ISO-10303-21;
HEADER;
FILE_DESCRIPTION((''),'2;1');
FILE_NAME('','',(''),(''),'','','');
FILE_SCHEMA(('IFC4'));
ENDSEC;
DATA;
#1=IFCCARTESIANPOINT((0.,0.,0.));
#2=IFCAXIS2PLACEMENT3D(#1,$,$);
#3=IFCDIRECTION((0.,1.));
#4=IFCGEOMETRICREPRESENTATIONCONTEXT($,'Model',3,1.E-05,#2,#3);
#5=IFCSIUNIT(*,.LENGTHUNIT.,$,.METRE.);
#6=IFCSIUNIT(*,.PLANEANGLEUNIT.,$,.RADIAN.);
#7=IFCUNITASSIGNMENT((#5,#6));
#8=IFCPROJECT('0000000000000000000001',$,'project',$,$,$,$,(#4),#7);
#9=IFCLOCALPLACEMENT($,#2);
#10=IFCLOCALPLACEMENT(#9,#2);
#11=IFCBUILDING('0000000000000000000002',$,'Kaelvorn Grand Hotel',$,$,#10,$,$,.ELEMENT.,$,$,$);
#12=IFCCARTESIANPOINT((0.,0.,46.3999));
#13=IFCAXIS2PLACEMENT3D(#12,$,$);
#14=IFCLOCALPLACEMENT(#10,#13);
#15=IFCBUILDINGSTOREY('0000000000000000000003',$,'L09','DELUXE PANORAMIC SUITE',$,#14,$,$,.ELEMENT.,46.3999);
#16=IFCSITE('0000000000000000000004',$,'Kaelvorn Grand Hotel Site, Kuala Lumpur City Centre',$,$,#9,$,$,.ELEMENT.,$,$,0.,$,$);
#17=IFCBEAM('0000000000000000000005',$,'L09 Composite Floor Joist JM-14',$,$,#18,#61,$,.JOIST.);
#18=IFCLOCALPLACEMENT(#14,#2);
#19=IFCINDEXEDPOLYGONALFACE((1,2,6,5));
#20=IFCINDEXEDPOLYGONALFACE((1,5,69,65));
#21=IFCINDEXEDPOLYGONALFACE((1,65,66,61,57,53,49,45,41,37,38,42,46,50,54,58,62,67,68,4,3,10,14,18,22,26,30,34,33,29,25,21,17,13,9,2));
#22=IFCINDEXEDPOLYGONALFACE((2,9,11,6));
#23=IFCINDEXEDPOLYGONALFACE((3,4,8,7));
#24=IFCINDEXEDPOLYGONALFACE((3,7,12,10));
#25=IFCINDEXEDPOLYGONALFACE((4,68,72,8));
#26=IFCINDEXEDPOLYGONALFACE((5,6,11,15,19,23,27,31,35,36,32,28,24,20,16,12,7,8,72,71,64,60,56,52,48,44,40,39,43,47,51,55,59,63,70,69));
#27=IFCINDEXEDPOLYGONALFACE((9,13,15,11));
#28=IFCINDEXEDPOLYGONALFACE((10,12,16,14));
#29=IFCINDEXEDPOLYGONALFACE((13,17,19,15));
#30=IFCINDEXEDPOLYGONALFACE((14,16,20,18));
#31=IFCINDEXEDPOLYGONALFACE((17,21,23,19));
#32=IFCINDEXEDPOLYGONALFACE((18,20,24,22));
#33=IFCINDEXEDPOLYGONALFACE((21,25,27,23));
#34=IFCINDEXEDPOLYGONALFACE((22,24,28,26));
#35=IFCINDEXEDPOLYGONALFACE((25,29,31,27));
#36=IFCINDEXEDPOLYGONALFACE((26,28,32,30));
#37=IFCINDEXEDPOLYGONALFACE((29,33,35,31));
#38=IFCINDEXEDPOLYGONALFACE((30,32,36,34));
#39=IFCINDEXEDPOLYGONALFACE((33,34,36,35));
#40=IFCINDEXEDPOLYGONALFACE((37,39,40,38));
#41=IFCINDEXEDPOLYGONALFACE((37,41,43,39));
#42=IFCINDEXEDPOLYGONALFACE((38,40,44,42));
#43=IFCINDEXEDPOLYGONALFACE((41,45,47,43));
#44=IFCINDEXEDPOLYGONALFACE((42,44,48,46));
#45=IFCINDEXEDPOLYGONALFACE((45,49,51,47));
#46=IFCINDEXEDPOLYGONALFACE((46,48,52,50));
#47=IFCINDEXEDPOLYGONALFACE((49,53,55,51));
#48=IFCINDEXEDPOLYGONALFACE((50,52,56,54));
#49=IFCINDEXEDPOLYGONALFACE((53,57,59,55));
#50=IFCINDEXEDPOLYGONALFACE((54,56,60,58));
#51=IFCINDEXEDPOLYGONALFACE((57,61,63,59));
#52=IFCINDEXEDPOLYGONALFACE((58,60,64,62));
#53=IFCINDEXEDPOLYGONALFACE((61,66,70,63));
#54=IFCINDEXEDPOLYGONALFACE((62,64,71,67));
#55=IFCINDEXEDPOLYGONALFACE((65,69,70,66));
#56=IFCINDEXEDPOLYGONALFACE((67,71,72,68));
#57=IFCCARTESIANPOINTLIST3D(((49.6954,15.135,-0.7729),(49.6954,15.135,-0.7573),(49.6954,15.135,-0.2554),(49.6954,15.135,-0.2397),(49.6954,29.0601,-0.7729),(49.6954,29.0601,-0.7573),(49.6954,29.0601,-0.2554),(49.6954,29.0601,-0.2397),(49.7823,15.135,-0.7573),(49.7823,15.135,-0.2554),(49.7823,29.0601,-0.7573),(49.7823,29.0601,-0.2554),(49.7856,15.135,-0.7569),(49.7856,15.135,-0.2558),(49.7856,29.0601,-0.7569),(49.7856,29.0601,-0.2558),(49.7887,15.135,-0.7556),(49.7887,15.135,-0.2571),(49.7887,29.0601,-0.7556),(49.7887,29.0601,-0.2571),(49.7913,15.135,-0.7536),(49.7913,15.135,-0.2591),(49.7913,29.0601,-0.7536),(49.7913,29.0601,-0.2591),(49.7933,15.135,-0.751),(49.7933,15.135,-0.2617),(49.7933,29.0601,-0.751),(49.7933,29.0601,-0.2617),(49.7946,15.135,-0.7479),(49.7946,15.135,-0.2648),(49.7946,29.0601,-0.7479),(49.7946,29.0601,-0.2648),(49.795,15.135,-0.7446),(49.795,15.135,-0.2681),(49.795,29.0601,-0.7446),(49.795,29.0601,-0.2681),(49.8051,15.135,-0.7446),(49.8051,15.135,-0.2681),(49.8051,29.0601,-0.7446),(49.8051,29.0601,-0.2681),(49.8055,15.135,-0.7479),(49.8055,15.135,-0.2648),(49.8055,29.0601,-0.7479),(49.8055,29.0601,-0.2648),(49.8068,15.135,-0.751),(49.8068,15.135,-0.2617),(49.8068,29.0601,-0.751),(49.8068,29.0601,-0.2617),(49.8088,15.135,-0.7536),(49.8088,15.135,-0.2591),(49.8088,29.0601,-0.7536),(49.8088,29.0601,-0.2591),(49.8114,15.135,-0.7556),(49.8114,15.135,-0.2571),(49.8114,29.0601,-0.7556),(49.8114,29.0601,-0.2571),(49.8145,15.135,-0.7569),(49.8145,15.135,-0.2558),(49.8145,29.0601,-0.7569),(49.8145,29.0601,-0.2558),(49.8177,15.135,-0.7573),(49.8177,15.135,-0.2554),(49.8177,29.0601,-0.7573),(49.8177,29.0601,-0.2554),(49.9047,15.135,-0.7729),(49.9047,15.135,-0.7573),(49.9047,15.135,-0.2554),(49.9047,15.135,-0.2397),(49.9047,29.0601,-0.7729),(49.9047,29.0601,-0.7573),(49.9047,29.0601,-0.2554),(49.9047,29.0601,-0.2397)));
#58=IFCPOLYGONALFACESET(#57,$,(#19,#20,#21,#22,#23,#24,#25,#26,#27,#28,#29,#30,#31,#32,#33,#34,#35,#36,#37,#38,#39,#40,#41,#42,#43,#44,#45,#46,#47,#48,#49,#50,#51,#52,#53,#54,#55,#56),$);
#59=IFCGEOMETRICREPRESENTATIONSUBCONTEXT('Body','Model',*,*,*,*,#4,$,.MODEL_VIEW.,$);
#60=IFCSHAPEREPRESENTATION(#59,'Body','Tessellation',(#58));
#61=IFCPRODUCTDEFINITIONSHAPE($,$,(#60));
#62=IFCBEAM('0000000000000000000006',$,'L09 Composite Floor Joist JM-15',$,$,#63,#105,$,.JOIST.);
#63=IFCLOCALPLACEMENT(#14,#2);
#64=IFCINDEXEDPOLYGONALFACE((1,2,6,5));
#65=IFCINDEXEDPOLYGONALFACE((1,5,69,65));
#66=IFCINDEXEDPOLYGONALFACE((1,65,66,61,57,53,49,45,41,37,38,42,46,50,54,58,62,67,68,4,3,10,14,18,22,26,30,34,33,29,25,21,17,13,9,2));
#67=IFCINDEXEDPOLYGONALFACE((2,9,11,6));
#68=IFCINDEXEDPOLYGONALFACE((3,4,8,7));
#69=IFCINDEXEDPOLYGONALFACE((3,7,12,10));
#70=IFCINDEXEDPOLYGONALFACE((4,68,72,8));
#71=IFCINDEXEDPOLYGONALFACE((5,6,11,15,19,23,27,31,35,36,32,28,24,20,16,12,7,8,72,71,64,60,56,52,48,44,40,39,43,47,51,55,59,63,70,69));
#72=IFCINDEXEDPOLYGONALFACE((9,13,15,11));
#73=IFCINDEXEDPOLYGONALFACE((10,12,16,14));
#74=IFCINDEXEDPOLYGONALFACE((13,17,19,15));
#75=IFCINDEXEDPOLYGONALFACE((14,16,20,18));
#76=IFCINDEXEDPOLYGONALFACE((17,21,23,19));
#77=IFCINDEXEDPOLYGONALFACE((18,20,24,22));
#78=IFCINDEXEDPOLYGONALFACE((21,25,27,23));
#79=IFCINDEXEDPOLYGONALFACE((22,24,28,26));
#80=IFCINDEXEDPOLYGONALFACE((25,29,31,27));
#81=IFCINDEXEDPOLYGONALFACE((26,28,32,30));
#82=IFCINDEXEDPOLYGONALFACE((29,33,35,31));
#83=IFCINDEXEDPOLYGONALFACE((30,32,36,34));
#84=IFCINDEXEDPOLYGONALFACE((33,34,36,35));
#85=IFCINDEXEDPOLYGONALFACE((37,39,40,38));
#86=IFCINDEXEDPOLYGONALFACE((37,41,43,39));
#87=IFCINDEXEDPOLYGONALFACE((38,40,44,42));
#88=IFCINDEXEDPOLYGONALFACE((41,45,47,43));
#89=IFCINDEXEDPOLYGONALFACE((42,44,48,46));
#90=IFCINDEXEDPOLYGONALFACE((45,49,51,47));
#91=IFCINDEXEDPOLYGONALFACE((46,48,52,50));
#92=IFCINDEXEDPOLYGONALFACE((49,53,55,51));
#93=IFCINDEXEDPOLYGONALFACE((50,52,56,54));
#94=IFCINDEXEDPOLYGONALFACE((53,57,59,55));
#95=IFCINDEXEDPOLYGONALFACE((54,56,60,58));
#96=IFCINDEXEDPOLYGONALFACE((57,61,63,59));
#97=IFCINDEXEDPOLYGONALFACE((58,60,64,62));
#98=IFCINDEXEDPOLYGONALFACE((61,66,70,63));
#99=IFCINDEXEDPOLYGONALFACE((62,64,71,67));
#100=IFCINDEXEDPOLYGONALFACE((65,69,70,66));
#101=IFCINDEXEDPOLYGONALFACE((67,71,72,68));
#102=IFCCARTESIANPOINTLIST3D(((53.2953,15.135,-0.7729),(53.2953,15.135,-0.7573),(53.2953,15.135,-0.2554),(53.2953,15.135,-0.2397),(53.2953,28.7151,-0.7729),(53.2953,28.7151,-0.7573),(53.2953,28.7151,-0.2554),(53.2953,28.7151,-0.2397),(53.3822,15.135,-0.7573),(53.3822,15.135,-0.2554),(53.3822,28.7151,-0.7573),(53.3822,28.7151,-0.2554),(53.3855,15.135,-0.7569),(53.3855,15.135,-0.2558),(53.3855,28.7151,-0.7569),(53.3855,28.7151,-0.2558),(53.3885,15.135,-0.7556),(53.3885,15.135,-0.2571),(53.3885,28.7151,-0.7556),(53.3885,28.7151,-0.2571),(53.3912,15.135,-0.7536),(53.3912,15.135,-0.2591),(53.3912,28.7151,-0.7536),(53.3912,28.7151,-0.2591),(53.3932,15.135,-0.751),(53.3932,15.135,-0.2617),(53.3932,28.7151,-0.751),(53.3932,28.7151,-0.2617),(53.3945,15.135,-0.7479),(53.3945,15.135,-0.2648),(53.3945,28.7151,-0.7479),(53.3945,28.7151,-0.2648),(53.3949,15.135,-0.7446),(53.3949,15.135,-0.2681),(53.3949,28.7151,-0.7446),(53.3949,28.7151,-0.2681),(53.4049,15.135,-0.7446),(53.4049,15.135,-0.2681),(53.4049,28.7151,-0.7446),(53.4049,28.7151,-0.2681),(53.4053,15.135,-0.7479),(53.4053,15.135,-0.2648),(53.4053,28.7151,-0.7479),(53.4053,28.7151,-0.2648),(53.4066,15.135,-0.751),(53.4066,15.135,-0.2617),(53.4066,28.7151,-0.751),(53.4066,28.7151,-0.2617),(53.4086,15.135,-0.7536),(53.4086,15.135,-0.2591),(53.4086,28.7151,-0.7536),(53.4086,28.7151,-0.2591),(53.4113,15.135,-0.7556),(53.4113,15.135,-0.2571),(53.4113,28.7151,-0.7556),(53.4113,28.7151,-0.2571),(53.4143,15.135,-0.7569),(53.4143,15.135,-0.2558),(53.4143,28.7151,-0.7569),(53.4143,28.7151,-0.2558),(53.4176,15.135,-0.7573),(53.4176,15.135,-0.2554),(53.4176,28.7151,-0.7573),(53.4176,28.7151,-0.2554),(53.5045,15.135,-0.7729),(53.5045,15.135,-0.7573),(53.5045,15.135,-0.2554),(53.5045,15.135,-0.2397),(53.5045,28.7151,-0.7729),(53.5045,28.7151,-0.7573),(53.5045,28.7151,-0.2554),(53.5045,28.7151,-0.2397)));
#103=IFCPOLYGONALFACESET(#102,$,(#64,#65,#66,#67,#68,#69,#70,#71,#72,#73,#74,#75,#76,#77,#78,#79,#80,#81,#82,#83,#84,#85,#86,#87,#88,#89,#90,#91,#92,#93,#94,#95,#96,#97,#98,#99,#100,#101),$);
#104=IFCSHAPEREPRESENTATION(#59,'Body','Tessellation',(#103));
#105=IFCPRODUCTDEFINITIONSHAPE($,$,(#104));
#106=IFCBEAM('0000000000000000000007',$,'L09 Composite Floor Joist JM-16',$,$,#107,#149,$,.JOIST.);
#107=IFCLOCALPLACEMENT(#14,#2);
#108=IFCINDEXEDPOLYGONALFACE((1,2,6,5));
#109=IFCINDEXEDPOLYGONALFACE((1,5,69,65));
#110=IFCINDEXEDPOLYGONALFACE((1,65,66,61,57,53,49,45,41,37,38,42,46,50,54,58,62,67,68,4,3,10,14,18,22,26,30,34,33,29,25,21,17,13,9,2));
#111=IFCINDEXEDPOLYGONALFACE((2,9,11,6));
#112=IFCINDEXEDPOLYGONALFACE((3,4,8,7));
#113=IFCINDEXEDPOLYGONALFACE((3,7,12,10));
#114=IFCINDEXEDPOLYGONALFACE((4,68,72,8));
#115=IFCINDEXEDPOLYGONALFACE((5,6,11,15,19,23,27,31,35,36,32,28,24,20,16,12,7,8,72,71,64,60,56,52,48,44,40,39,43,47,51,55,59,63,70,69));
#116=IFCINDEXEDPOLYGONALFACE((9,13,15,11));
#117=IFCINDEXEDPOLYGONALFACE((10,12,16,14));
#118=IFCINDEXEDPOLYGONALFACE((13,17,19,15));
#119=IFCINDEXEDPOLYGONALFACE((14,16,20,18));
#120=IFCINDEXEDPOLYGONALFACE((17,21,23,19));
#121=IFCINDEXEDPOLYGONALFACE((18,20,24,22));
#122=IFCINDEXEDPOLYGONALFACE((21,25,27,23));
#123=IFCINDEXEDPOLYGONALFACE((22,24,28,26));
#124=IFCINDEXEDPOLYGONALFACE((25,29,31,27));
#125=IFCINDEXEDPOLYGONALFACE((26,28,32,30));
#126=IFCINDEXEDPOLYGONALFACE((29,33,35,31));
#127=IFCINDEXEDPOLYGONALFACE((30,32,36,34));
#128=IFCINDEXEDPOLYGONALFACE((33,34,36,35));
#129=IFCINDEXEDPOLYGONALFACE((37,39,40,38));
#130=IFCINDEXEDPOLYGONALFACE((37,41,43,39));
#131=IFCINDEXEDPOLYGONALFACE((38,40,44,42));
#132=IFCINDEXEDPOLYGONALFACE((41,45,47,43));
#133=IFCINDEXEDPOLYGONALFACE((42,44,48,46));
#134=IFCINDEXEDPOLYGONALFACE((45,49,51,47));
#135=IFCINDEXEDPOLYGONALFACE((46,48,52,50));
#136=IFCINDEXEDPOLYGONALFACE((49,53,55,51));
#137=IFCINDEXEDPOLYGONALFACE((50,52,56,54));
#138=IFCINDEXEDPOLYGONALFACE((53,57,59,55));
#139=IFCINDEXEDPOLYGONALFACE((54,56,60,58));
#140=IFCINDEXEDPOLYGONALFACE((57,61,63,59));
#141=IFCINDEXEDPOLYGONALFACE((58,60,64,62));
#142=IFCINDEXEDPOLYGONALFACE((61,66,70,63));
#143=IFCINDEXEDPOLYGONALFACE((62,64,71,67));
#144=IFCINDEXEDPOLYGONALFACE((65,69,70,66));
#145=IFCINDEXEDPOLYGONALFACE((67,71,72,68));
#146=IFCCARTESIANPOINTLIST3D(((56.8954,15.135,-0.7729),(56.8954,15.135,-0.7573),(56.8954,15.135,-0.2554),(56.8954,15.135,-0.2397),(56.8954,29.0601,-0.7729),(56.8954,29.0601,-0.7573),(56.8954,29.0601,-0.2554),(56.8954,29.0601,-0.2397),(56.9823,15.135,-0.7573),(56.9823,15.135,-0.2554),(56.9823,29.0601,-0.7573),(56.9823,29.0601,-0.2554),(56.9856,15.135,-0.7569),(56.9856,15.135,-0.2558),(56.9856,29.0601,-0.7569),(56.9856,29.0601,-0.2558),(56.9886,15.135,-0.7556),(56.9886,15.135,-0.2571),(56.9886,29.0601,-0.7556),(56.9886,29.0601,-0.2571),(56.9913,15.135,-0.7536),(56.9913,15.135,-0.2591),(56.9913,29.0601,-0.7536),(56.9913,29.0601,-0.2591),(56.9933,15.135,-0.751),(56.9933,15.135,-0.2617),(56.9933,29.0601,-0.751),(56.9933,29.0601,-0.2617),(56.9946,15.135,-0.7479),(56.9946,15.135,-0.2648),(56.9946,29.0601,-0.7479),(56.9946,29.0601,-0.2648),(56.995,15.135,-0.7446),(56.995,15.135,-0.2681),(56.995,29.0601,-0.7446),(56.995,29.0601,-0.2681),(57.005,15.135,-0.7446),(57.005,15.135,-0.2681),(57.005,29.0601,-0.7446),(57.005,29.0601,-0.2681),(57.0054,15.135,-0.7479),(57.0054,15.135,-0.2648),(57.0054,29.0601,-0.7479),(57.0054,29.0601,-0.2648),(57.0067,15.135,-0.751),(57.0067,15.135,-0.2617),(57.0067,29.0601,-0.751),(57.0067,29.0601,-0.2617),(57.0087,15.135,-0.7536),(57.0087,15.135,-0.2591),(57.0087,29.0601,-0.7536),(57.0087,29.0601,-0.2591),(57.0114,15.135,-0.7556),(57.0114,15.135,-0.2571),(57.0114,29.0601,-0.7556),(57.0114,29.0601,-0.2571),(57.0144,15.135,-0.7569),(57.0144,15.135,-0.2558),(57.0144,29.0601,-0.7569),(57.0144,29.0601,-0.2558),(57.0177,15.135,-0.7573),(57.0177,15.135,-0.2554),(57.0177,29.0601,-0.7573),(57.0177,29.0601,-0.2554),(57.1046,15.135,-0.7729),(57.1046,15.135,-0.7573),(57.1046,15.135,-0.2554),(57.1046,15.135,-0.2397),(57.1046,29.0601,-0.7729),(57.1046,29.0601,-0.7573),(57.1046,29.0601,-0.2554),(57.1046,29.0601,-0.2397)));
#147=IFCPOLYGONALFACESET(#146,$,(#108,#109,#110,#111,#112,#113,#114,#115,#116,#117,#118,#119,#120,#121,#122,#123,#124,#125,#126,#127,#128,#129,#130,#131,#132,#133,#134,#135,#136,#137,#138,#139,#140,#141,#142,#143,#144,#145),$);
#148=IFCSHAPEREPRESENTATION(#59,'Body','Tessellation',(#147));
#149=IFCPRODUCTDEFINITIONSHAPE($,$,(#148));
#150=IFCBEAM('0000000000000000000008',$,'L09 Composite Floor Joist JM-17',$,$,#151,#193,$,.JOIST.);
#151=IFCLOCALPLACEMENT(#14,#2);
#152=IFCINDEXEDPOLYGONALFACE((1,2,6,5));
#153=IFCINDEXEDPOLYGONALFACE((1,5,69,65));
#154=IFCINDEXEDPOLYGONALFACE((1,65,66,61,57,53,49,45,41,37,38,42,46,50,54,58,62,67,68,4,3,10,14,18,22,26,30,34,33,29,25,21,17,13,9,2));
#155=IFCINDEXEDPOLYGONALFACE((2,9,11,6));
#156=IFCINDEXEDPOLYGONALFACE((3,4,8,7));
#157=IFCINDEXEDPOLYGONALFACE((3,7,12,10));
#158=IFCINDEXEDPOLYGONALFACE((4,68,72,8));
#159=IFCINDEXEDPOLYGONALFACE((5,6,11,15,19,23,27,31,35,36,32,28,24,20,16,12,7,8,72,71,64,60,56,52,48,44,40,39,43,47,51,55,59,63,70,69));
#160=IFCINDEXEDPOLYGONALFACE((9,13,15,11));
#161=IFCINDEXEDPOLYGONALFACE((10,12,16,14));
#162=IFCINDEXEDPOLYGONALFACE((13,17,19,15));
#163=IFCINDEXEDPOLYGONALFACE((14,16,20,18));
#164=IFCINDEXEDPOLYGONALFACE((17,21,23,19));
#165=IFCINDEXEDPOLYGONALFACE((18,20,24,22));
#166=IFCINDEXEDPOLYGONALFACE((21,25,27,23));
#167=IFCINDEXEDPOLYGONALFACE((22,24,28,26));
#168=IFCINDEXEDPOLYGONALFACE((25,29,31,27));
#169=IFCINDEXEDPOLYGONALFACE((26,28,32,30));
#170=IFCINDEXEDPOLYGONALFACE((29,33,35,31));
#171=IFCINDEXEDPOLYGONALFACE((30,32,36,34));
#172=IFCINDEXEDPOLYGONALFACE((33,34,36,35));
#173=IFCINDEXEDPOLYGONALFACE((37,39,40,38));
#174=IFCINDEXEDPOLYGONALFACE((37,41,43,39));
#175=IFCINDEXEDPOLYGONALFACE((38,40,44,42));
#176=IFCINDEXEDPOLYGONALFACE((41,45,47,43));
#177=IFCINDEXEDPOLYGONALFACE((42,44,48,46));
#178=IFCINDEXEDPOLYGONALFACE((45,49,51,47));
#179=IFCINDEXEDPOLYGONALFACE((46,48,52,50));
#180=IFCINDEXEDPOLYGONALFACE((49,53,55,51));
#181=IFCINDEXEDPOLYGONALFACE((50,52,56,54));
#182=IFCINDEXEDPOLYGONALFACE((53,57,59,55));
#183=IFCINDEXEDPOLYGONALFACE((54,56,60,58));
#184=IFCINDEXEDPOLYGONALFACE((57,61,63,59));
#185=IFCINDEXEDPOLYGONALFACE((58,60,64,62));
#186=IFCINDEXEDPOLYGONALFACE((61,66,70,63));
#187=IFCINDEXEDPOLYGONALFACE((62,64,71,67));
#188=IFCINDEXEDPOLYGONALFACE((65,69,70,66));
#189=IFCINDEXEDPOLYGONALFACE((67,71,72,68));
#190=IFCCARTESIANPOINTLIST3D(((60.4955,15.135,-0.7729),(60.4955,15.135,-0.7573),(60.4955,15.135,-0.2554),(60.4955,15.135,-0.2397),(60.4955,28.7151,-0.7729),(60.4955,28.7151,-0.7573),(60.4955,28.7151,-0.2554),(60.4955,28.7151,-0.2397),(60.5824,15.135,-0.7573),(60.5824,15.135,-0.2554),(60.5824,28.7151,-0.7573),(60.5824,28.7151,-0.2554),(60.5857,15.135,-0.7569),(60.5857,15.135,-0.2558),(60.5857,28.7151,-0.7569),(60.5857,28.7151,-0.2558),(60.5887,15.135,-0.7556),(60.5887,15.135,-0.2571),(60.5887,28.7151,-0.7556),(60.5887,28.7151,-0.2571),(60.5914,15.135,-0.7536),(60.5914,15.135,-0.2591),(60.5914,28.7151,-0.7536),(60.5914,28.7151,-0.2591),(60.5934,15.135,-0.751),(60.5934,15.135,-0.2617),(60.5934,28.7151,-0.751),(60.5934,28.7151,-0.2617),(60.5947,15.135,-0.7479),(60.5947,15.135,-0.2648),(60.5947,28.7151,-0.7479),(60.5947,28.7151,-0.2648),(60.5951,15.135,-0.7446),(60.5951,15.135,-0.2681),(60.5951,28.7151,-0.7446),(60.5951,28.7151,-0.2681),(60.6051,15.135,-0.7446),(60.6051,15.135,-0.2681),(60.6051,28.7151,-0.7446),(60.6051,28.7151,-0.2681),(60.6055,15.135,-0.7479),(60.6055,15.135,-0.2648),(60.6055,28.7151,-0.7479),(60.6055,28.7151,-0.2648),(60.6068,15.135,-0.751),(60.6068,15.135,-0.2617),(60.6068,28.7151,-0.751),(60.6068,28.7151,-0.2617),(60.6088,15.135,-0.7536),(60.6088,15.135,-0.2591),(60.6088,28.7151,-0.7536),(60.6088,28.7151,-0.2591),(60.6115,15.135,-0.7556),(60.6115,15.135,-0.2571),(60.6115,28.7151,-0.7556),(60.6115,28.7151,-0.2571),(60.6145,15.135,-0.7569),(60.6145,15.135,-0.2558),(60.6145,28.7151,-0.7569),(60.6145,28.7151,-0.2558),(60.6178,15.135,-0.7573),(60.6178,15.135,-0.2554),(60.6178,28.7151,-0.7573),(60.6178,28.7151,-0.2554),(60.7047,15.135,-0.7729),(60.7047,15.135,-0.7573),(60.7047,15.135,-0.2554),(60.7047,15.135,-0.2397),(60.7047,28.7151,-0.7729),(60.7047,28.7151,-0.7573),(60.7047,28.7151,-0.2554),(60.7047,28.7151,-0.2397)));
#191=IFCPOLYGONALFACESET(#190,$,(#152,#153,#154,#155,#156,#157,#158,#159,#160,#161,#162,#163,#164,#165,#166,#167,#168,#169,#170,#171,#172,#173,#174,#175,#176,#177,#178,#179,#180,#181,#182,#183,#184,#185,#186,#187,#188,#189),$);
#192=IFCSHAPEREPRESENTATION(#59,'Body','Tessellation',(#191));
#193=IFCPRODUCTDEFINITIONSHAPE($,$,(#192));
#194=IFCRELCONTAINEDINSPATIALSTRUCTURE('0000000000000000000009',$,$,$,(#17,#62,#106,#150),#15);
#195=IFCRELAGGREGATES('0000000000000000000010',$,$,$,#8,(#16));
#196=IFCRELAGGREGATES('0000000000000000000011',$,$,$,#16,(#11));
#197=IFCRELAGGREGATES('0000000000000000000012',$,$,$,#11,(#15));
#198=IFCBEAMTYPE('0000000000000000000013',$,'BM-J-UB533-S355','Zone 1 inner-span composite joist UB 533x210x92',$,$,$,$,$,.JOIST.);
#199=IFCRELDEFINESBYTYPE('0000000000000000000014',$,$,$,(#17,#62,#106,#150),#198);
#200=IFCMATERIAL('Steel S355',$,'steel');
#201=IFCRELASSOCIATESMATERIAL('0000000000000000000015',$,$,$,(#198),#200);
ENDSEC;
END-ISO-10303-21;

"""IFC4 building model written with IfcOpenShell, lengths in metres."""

from ifc_helpers import new_model, si_unit, direction, frame, origin, origin_2d, place, context, subcontext, project, spatial, i_section, extrude, material, material_profile, profile_set, type_object, element, save


model = new_model("IFC4")

# Units and contexts
model_context = context("Model", 3, precision=1e-05, world=origin(), true_north=direction((0.0, 1.0)))
body_context = subcontext(model_context, "Body", "Model", "MODEL_VIEW")
ifc_project = project(units=[si_unit("LENGTHUNIT", "METRE"), si_unit("PLANEANGLEUNIT", "RADIAN")], contexts=[model_context])

# Site, building, storey
site_placement = place(None, origin())
site = spatial("IfcSite", under=ifc_project, at=site_placement, Name="Kaelvorn Grand Hotel Site, Kuala Lumpur City Centre", CompositionType="ELEMENT", RefElevation=0.0)
building_placement = place(site_placement, origin())
building = spatial("IfcBuilding", under=site, at=building_placement, Name="Kaelvorn Grand Hotel", CompositionType="ELEMENT")
storey_placement = place(building_placement, frame((0.0, 0.0, 46.3999)))
storey = spatial("IfcBuildingStorey", under=building, at=storey_placement, Name="L09", Description="DELUXE PANORAMIC SUITE", CompositionType="ELEMENT", Elevation=46.3999)

# Beams
ifc_material_1 = material(Name="Steel S355", Category="steel")
ifc_material_profile_1 = material_profile(ifc_material_1, i_section(OverallWidth=0.2092, OverallDepth=0.5332, WebThickness=0.01, FlangeThickness=0.0156, FilletRadius=0.0127, at=origin_2d()), Name="UB 533x210x92")
ifc_profile_set_1 = profile_set([ifc_material_profile_1], Name="Steel S355")
beam_type_1 = type_object("IfcBeamType", Name="BM-J-UB533-S355", Description="Zone 1 inner-span composite joist UB 533x210x92", PredefinedType="JOIST", material=ifc_profile_set_1)
beam_1_placement = place(storey_placement, frame((49.8, 15.135, -0.5063), z_axis=(0.0, 1.0, 0.0), x_axis=(-1.0, 0.0, 0.0)))
element("IfcBeam", 1, at=beam_1_placement, inside=storey, type_object=beam_type_1, Name="L09 Composite Floor Joist JM-14", PredefinedType="JOIST", context=body_context, shape_type="SweptSolid", body=[
    extrude(i_section(OverallWidth=0.2092, OverallDepth=0.5332, WebThickness=0.01, FlangeThickness=0.0156, FilletRadius=0.0127, at=origin_2d()), origin(), (0.0, 0.0, 1.0), 13.925),
])
beam_2_placement = place(storey_placement, frame((53.3999, 15.135, -0.5063), z_axis=(0.0, 1.0, 0.0), x_axis=(-1.0, 0.0, 0.0)))
element("IfcBeam", 2, at=beam_2_placement, inside=storey, type_object=beam_type_1, Name="L09 Composite Floor Joist JM-15", PredefinedType="JOIST", context=body_context, shape_type="SweptSolid", body=[
    extrude(i_section(OverallWidth=0.2092, OverallDepth=0.5332, WebThickness=0.01, FlangeThickness=0.0156, FilletRadius=0.0127, at=origin_2d()), origin(), (0.0, 0.0, 1.0), 13.5801),
])
beam_3_placement = place(storey_placement, frame((57.0, 15.135, -0.5063), z_axis=(0.0, 1.0, 0.0), x_axis=(-1.0, 0.0, 0.0)))
element("IfcBeam", 3, at=beam_3_placement, inside=storey, type_object=beam_type_1, Name="L09 Composite Floor Joist JM-16", PredefinedType="JOIST", context=body_context, shape_type="SweptSolid", body=[
    extrude(i_section(OverallWidth=0.2092, OverallDepth=0.5332, WebThickness=0.01, FlangeThickness=0.0156, FilletRadius=0.0127, at=origin_2d()), origin(), (0.0, 0.0, 1.0), 13.925),
])
beam_4_placement = place(storey_placement, frame((60.6001, 15.135, -0.5063), z_axis=(0.0, 1.0, 0.0), x_axis=(-1.0, 0.0, 0.0)))
element("IfcBeam", 4, at=beam_4_placement, inside=storey, type_object=beam_type_1, Name="L09 Composite Floor Joist JM-17", PredefinedType="JOIST", context=body_context, shape_type="SweptSolid", body=[
    extrude(i_section(OverallWidth=0.2092, OverallDepth=0.5332, WebThickness=0.01, FlangeThickness=0.0156, FilletRadius=0.0127, at=origin_2d()), origin(), (0.0, 0.0, 1.0), 13.5801),
])

save(model, "model.ifc")
